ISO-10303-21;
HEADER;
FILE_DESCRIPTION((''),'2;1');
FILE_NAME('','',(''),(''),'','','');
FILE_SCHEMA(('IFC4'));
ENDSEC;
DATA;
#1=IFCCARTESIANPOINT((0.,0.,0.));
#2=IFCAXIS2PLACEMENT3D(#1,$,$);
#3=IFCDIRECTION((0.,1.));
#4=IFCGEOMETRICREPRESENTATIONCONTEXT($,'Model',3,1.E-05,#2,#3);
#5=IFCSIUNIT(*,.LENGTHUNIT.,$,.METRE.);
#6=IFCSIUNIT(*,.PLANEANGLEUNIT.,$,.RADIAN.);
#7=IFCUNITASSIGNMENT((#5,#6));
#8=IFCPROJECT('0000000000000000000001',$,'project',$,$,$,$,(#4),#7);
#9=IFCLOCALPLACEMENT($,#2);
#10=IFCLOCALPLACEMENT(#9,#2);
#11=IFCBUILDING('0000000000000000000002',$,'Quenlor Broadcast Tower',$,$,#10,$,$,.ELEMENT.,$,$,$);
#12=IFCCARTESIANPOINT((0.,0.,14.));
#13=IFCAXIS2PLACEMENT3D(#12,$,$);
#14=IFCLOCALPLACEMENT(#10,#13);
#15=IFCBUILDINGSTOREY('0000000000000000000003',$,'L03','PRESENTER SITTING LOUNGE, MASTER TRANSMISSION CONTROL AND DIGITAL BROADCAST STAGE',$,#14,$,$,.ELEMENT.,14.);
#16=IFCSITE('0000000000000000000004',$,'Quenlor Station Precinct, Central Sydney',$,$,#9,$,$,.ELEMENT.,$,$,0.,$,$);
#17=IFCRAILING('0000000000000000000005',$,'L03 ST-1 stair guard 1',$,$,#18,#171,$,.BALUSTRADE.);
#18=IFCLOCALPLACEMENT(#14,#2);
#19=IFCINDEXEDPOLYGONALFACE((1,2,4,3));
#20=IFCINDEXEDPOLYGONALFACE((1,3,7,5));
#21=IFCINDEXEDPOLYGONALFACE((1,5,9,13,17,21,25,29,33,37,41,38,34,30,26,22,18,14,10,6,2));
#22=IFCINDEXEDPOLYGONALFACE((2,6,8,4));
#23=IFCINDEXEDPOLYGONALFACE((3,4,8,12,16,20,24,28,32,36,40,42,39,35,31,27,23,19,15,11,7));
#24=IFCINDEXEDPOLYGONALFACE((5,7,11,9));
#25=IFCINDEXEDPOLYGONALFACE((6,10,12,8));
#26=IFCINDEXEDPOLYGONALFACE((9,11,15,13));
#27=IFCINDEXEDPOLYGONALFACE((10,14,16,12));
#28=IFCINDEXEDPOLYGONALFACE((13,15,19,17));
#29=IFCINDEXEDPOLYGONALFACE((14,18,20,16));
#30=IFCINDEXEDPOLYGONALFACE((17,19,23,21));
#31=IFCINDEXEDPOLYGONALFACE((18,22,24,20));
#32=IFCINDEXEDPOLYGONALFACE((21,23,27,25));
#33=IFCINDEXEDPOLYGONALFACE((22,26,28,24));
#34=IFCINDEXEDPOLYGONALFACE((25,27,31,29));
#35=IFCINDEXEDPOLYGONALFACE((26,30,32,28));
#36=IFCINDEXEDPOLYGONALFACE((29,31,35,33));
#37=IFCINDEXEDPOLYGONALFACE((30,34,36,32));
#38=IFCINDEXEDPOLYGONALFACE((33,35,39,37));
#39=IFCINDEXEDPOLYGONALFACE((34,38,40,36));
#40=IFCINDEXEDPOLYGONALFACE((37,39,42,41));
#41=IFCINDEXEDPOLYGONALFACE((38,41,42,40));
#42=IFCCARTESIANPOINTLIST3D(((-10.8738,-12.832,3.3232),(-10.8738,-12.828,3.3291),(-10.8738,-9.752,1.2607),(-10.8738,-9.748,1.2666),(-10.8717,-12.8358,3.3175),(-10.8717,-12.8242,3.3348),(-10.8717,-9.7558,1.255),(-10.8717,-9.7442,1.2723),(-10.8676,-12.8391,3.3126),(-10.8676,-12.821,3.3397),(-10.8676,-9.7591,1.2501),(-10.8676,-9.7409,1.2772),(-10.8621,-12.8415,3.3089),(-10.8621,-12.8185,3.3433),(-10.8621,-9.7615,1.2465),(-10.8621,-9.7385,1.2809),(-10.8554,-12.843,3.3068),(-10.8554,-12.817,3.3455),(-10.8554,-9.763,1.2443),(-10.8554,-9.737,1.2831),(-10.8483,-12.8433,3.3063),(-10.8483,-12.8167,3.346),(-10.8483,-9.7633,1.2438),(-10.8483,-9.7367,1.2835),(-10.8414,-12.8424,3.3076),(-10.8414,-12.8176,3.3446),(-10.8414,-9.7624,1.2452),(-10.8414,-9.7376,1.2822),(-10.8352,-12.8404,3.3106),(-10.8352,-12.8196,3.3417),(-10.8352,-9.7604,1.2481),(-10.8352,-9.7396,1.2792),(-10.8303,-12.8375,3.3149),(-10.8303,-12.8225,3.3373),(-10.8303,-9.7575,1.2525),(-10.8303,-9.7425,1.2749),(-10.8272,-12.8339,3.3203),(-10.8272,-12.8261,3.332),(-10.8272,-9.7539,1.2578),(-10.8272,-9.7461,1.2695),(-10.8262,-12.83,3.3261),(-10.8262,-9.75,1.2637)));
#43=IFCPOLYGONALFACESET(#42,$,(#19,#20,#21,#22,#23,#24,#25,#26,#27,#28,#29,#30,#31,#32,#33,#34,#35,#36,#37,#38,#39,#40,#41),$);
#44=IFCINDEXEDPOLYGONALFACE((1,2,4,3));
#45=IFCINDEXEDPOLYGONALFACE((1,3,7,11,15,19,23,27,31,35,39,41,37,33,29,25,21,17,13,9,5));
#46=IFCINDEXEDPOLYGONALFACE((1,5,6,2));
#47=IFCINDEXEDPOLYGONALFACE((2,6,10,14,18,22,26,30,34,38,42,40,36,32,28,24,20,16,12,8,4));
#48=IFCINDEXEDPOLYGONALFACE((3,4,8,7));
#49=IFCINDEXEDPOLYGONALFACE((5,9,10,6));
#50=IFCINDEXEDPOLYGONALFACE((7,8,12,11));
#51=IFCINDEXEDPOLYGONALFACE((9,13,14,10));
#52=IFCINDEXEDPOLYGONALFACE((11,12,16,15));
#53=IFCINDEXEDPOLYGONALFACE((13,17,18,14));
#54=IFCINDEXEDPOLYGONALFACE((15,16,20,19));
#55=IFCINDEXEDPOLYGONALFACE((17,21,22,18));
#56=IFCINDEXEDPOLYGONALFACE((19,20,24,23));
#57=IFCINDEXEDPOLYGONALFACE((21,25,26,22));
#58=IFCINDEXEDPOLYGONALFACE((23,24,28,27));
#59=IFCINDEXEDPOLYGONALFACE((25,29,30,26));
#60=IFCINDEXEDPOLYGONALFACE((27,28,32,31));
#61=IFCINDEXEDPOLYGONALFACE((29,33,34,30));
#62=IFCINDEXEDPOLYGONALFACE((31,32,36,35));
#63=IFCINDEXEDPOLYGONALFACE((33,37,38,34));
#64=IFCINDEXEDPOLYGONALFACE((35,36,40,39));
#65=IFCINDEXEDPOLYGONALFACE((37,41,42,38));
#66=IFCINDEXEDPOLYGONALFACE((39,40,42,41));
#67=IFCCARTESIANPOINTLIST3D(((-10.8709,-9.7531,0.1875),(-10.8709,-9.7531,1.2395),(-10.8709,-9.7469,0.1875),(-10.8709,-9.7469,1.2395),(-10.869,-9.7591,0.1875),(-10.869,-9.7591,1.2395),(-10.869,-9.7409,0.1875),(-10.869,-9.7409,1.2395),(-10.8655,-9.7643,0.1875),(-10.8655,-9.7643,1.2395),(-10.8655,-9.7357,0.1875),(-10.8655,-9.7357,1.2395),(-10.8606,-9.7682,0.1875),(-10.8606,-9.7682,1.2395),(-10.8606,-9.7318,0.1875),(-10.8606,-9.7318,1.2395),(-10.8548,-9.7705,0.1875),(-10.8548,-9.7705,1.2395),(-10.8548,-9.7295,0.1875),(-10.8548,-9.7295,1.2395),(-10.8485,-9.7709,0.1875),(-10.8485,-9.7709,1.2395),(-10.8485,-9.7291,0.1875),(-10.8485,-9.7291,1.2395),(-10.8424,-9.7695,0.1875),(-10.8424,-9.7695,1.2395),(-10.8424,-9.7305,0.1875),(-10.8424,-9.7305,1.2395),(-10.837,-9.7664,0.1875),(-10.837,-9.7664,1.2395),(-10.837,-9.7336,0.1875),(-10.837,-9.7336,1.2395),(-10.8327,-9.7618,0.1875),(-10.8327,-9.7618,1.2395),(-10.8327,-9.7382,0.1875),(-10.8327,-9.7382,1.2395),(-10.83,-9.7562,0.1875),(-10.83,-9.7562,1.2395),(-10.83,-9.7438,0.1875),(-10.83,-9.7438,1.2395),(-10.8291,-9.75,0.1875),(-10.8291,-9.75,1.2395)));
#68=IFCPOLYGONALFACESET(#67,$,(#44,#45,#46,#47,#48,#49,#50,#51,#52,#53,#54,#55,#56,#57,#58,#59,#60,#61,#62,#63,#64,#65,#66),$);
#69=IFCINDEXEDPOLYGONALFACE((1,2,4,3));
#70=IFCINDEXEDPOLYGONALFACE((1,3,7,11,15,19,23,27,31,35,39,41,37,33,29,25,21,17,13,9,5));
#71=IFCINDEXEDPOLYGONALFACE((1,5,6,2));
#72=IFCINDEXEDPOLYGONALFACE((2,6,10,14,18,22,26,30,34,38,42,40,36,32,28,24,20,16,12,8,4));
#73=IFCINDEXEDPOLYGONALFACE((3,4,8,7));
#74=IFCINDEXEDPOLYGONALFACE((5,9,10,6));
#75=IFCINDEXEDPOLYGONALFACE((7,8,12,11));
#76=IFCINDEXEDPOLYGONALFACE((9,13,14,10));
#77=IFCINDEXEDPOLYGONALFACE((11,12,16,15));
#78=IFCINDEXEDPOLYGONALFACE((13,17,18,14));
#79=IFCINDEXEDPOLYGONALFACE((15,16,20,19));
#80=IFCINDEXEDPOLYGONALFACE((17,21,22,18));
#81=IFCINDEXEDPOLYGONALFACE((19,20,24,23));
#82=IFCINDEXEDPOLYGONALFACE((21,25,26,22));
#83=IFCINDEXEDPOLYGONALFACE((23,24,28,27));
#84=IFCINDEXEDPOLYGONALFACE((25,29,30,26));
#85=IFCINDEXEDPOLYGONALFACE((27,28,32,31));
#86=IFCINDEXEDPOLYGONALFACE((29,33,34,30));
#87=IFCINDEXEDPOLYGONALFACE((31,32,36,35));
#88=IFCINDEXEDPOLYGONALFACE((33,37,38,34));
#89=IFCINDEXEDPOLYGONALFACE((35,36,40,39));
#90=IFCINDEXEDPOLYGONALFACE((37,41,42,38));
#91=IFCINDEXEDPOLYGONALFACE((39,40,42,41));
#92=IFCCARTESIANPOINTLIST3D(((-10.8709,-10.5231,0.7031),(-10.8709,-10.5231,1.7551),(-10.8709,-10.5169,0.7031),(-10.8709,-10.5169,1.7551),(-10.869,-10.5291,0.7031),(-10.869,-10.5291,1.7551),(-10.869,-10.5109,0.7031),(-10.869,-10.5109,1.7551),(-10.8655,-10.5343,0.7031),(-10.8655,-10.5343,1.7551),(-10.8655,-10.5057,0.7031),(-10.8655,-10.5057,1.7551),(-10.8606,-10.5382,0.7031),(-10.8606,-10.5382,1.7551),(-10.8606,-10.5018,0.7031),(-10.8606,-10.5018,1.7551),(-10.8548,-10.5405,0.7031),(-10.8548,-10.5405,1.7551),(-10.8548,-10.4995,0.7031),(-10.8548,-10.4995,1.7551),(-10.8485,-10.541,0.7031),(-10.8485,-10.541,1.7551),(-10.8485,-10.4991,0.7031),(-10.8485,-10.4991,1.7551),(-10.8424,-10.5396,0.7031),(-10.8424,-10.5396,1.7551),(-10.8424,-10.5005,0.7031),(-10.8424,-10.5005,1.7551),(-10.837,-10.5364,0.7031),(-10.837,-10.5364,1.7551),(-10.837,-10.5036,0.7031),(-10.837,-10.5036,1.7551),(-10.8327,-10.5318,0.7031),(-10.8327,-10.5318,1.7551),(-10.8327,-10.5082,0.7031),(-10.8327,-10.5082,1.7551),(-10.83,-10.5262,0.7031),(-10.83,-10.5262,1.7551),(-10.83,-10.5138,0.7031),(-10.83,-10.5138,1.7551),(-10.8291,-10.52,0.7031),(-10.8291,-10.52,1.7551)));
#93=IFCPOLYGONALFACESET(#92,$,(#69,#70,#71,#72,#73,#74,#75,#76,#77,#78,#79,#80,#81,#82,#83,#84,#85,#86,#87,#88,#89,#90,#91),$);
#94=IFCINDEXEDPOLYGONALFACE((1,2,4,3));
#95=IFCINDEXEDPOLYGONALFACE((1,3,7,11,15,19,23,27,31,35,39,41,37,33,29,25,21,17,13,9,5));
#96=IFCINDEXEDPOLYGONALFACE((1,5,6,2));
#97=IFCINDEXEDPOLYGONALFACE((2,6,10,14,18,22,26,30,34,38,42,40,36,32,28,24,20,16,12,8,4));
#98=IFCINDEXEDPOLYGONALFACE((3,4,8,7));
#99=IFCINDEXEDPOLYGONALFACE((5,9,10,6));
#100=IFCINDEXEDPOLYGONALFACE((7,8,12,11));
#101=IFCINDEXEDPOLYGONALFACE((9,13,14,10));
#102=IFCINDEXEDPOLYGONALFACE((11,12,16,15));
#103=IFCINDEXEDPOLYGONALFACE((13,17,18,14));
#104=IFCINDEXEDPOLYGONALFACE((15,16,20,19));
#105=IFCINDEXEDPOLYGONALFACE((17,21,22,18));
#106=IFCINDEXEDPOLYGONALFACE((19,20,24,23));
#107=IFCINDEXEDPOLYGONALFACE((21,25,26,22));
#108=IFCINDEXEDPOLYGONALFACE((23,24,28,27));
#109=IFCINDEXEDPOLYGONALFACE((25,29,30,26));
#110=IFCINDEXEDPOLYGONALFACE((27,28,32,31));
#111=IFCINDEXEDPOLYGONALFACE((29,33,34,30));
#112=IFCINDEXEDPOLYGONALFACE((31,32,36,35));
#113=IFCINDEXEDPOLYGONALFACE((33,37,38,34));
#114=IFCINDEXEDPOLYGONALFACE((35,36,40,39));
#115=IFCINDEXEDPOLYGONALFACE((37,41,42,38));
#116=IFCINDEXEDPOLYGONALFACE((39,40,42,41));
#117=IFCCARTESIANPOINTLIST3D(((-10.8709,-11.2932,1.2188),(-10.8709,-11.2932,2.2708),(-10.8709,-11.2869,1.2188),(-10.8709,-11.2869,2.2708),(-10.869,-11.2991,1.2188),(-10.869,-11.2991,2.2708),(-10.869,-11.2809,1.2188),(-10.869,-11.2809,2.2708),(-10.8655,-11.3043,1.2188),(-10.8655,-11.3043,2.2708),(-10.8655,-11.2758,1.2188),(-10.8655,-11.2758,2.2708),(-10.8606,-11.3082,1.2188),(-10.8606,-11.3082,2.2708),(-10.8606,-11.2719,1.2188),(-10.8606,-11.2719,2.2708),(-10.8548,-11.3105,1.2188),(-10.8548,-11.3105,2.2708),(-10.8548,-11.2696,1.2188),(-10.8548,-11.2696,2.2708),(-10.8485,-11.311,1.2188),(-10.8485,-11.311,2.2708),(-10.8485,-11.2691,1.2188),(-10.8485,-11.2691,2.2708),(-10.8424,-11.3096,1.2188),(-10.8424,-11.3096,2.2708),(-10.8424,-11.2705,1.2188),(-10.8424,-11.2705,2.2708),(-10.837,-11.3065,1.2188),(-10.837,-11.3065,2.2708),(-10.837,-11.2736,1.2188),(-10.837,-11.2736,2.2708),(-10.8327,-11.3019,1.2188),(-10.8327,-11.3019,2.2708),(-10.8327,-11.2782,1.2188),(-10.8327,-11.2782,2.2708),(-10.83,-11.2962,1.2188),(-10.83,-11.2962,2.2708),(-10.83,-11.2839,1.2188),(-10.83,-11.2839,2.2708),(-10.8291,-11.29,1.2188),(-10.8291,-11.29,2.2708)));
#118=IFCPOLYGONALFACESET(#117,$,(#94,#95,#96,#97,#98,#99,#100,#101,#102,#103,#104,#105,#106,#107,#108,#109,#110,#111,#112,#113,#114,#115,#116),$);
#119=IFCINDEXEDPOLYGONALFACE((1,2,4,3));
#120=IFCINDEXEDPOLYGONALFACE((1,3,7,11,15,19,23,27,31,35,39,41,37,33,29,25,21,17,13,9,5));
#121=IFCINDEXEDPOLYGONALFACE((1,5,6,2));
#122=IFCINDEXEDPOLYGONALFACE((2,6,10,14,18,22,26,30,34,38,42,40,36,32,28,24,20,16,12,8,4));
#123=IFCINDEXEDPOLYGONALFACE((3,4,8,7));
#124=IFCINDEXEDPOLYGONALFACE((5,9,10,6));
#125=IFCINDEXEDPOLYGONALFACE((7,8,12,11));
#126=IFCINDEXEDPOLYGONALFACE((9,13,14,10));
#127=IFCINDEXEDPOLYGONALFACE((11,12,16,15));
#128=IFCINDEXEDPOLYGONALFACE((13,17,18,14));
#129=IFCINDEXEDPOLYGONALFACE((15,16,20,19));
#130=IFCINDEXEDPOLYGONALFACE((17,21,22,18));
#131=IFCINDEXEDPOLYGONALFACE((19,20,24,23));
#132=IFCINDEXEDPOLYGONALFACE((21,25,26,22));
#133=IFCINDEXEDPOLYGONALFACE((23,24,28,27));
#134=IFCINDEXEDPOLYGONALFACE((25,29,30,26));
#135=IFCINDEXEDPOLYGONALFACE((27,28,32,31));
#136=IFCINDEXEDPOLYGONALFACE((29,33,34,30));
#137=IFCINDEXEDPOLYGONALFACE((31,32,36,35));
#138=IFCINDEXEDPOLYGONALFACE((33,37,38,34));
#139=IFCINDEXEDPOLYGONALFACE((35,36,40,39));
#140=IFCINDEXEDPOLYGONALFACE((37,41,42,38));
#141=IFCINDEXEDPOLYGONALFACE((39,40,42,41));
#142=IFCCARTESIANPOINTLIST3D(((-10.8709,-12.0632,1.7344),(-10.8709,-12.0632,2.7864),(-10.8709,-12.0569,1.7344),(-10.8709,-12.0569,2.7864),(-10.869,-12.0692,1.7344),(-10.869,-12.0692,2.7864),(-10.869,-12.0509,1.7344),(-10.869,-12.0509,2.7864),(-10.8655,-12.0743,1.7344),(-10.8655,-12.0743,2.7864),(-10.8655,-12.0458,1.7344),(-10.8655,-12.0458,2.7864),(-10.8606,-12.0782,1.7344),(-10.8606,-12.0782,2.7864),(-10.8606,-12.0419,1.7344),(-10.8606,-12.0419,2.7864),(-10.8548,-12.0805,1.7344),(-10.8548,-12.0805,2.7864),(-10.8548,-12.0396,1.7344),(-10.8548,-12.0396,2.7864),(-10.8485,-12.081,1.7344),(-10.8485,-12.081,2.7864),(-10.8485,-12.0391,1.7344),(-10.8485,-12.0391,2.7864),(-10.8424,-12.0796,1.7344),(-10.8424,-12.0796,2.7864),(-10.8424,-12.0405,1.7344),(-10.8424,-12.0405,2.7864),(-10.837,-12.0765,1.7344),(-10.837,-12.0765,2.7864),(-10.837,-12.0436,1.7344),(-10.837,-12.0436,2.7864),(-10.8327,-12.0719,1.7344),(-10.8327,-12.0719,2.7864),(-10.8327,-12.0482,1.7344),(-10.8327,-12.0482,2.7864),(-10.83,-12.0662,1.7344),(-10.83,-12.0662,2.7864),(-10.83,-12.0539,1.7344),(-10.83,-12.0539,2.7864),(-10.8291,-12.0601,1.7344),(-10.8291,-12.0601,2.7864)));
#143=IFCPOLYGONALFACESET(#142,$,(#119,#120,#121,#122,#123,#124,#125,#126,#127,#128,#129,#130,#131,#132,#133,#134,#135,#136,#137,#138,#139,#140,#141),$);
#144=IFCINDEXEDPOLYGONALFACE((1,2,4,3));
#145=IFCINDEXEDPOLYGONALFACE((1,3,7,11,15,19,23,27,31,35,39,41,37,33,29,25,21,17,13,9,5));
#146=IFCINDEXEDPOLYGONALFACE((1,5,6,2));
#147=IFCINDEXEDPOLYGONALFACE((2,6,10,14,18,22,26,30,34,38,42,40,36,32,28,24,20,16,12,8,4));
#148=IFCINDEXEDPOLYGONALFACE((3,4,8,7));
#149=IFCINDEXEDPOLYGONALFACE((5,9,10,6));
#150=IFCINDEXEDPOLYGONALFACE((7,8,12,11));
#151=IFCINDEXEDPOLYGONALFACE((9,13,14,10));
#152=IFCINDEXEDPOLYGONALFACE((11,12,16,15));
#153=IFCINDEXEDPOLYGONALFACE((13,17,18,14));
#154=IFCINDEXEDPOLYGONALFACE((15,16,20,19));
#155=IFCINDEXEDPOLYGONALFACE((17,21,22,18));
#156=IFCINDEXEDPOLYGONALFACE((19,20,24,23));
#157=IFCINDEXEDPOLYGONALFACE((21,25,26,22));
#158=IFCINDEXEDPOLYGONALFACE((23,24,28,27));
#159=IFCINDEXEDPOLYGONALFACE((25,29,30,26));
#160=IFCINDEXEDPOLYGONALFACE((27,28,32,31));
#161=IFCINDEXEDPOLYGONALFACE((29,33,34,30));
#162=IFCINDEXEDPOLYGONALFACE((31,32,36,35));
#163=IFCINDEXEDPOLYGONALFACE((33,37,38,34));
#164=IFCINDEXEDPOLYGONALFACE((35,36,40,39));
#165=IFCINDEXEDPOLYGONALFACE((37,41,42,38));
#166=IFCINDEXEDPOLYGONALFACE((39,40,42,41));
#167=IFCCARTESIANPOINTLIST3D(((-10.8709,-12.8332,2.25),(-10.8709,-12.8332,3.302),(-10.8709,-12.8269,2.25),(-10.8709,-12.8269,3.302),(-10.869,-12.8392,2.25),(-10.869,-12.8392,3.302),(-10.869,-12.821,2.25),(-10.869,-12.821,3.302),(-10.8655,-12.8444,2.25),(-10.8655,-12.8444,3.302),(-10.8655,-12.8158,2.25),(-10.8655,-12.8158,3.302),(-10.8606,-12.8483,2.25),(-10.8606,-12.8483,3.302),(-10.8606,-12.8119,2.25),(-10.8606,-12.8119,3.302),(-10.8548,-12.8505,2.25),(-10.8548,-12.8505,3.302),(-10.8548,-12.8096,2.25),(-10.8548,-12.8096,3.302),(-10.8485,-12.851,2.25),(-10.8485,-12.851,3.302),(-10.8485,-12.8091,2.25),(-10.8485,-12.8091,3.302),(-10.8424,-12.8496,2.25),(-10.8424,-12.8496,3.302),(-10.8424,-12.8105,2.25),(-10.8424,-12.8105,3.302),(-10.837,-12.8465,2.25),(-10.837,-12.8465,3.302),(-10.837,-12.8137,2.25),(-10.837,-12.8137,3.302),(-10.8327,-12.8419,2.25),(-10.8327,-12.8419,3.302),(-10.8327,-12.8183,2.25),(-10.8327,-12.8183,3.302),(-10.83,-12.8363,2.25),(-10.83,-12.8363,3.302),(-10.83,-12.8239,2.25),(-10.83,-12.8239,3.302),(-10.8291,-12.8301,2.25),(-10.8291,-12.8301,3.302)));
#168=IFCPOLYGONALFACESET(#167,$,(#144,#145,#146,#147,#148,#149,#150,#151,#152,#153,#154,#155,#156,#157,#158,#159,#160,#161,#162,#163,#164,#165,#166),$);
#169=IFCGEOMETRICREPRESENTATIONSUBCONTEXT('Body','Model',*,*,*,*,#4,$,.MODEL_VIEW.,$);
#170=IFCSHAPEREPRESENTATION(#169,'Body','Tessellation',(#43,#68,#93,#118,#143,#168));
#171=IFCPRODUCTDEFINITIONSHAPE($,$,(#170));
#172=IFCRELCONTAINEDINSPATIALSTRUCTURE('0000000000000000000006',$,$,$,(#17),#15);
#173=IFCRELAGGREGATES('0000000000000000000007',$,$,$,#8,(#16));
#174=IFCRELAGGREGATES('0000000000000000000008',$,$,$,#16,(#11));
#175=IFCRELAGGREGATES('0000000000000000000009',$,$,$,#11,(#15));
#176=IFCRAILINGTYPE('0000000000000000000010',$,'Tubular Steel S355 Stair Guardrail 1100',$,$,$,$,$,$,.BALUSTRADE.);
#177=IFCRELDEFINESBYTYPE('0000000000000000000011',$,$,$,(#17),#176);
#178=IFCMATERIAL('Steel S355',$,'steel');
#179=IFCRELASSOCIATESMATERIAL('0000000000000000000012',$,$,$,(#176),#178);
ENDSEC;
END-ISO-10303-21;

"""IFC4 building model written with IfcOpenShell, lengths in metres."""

from ifc_helpers import new_model, si_unit, direction, frame, origin, origin_2d, place, context, subcontext, project, spatial, circle, extrude, material, type_object, element, save


model = new_model("IFC4")

# Units and contexts
model_context = context("Model", 3, precision=1e-05, world=origin(), true_north=direction((0.0, 1.0)))
body_context = subcontext(model_context, "Body", "Model", "MODEL_VIEW")
ifc_project = project(units=[si_unit("LENGTHUNIT", "METRE"), si_unit("PLANEANGLEUNIT", "RADIAN")], contexts=[model_context])

# Site, building, storey
site_placement = place(None, origin())
site = spatial("IfcSite", under=ifc_project, at=site_placement, Name="Quenlor Station Precinct, Central Sydney", CompositionType="ELEMENT", RefElevation=0.0)
building_placement = place(site_placement, origin())
building = spatial("IfcBuilding", under=site, at=building_placement, Name="Quenlor Broadcast Tower", CompositionType="ELEMENT")
storey_placement = place(building_placement, frame((0.0, 0.0, 14.0)))
storey = spatial("IfcBuildingStorey", under=building, at=storey_placement, Name="L03", Description="PRESENTER SITTING LOUNGE, MASTER TRANSMISSION CONTROL AND DIGITAL BROADCAST STAGE", CompositionType="ELEMENT", Elevation=14.0)

# Railing
ifc_material_1 = material(Name="Steel S355", Category="steel")
railing_type_1 = type_object("IfcRailingType", Name="Tubular Steel S355 Stair Guardrail 1100", PredefinedType="BALUSTRADE", material=ifc_material_1)
railing_1_placement = place(storey_placement, frame((-10.8501, -9.75, 0.1875)))
element("IfcRailing", 1, at=railing_1_placement, inside=storey, type_object=railing_type_1, Name="L03 ST-1 stair guard 1", PredefinedType="BALUSTRADE", context=body_context, shape_type="SweptSolid", body=[
    extrude(circle(Radius=0.0239, at=origin_2d()), frame((0.0, 0.0, 1.0762), z_axis=(0.0, -0.830914, 0.556401), x_axis=(1.0, 0.0, 0.0)), (0.0, 0.0, 1.0), 3.7068),
    extrude(circle(Radius=0.021, at=origin_2d()), origin(), (0.0, 0.0, 1.0), 1.052),
    extrude(circle(Radius=0.021, at=origin_2d()), frame((0.0, -0.77, 0.5156)), (0.0, 0.0, 1.0), 1.052),
    extrude(circle(Radius=0.021, at=origin_2d()), frame((0.0, -1.54, 1.0312)), (0.0, 0.0, 1.0), 1.052),
    extrude(circle(Radius=0.021, at=origin_2d()), frame((0.0, -2.3101, 1.5469)), (0.0, 0.0, 1.0), 1.052),
    extrude(circle(Radius=0.021, at=origin_2d()), frame((0.0, -3.0801, 2.0625)), (0.0, 0.0, 1.0), 1.052),
])

save(model, "model.ifc")
